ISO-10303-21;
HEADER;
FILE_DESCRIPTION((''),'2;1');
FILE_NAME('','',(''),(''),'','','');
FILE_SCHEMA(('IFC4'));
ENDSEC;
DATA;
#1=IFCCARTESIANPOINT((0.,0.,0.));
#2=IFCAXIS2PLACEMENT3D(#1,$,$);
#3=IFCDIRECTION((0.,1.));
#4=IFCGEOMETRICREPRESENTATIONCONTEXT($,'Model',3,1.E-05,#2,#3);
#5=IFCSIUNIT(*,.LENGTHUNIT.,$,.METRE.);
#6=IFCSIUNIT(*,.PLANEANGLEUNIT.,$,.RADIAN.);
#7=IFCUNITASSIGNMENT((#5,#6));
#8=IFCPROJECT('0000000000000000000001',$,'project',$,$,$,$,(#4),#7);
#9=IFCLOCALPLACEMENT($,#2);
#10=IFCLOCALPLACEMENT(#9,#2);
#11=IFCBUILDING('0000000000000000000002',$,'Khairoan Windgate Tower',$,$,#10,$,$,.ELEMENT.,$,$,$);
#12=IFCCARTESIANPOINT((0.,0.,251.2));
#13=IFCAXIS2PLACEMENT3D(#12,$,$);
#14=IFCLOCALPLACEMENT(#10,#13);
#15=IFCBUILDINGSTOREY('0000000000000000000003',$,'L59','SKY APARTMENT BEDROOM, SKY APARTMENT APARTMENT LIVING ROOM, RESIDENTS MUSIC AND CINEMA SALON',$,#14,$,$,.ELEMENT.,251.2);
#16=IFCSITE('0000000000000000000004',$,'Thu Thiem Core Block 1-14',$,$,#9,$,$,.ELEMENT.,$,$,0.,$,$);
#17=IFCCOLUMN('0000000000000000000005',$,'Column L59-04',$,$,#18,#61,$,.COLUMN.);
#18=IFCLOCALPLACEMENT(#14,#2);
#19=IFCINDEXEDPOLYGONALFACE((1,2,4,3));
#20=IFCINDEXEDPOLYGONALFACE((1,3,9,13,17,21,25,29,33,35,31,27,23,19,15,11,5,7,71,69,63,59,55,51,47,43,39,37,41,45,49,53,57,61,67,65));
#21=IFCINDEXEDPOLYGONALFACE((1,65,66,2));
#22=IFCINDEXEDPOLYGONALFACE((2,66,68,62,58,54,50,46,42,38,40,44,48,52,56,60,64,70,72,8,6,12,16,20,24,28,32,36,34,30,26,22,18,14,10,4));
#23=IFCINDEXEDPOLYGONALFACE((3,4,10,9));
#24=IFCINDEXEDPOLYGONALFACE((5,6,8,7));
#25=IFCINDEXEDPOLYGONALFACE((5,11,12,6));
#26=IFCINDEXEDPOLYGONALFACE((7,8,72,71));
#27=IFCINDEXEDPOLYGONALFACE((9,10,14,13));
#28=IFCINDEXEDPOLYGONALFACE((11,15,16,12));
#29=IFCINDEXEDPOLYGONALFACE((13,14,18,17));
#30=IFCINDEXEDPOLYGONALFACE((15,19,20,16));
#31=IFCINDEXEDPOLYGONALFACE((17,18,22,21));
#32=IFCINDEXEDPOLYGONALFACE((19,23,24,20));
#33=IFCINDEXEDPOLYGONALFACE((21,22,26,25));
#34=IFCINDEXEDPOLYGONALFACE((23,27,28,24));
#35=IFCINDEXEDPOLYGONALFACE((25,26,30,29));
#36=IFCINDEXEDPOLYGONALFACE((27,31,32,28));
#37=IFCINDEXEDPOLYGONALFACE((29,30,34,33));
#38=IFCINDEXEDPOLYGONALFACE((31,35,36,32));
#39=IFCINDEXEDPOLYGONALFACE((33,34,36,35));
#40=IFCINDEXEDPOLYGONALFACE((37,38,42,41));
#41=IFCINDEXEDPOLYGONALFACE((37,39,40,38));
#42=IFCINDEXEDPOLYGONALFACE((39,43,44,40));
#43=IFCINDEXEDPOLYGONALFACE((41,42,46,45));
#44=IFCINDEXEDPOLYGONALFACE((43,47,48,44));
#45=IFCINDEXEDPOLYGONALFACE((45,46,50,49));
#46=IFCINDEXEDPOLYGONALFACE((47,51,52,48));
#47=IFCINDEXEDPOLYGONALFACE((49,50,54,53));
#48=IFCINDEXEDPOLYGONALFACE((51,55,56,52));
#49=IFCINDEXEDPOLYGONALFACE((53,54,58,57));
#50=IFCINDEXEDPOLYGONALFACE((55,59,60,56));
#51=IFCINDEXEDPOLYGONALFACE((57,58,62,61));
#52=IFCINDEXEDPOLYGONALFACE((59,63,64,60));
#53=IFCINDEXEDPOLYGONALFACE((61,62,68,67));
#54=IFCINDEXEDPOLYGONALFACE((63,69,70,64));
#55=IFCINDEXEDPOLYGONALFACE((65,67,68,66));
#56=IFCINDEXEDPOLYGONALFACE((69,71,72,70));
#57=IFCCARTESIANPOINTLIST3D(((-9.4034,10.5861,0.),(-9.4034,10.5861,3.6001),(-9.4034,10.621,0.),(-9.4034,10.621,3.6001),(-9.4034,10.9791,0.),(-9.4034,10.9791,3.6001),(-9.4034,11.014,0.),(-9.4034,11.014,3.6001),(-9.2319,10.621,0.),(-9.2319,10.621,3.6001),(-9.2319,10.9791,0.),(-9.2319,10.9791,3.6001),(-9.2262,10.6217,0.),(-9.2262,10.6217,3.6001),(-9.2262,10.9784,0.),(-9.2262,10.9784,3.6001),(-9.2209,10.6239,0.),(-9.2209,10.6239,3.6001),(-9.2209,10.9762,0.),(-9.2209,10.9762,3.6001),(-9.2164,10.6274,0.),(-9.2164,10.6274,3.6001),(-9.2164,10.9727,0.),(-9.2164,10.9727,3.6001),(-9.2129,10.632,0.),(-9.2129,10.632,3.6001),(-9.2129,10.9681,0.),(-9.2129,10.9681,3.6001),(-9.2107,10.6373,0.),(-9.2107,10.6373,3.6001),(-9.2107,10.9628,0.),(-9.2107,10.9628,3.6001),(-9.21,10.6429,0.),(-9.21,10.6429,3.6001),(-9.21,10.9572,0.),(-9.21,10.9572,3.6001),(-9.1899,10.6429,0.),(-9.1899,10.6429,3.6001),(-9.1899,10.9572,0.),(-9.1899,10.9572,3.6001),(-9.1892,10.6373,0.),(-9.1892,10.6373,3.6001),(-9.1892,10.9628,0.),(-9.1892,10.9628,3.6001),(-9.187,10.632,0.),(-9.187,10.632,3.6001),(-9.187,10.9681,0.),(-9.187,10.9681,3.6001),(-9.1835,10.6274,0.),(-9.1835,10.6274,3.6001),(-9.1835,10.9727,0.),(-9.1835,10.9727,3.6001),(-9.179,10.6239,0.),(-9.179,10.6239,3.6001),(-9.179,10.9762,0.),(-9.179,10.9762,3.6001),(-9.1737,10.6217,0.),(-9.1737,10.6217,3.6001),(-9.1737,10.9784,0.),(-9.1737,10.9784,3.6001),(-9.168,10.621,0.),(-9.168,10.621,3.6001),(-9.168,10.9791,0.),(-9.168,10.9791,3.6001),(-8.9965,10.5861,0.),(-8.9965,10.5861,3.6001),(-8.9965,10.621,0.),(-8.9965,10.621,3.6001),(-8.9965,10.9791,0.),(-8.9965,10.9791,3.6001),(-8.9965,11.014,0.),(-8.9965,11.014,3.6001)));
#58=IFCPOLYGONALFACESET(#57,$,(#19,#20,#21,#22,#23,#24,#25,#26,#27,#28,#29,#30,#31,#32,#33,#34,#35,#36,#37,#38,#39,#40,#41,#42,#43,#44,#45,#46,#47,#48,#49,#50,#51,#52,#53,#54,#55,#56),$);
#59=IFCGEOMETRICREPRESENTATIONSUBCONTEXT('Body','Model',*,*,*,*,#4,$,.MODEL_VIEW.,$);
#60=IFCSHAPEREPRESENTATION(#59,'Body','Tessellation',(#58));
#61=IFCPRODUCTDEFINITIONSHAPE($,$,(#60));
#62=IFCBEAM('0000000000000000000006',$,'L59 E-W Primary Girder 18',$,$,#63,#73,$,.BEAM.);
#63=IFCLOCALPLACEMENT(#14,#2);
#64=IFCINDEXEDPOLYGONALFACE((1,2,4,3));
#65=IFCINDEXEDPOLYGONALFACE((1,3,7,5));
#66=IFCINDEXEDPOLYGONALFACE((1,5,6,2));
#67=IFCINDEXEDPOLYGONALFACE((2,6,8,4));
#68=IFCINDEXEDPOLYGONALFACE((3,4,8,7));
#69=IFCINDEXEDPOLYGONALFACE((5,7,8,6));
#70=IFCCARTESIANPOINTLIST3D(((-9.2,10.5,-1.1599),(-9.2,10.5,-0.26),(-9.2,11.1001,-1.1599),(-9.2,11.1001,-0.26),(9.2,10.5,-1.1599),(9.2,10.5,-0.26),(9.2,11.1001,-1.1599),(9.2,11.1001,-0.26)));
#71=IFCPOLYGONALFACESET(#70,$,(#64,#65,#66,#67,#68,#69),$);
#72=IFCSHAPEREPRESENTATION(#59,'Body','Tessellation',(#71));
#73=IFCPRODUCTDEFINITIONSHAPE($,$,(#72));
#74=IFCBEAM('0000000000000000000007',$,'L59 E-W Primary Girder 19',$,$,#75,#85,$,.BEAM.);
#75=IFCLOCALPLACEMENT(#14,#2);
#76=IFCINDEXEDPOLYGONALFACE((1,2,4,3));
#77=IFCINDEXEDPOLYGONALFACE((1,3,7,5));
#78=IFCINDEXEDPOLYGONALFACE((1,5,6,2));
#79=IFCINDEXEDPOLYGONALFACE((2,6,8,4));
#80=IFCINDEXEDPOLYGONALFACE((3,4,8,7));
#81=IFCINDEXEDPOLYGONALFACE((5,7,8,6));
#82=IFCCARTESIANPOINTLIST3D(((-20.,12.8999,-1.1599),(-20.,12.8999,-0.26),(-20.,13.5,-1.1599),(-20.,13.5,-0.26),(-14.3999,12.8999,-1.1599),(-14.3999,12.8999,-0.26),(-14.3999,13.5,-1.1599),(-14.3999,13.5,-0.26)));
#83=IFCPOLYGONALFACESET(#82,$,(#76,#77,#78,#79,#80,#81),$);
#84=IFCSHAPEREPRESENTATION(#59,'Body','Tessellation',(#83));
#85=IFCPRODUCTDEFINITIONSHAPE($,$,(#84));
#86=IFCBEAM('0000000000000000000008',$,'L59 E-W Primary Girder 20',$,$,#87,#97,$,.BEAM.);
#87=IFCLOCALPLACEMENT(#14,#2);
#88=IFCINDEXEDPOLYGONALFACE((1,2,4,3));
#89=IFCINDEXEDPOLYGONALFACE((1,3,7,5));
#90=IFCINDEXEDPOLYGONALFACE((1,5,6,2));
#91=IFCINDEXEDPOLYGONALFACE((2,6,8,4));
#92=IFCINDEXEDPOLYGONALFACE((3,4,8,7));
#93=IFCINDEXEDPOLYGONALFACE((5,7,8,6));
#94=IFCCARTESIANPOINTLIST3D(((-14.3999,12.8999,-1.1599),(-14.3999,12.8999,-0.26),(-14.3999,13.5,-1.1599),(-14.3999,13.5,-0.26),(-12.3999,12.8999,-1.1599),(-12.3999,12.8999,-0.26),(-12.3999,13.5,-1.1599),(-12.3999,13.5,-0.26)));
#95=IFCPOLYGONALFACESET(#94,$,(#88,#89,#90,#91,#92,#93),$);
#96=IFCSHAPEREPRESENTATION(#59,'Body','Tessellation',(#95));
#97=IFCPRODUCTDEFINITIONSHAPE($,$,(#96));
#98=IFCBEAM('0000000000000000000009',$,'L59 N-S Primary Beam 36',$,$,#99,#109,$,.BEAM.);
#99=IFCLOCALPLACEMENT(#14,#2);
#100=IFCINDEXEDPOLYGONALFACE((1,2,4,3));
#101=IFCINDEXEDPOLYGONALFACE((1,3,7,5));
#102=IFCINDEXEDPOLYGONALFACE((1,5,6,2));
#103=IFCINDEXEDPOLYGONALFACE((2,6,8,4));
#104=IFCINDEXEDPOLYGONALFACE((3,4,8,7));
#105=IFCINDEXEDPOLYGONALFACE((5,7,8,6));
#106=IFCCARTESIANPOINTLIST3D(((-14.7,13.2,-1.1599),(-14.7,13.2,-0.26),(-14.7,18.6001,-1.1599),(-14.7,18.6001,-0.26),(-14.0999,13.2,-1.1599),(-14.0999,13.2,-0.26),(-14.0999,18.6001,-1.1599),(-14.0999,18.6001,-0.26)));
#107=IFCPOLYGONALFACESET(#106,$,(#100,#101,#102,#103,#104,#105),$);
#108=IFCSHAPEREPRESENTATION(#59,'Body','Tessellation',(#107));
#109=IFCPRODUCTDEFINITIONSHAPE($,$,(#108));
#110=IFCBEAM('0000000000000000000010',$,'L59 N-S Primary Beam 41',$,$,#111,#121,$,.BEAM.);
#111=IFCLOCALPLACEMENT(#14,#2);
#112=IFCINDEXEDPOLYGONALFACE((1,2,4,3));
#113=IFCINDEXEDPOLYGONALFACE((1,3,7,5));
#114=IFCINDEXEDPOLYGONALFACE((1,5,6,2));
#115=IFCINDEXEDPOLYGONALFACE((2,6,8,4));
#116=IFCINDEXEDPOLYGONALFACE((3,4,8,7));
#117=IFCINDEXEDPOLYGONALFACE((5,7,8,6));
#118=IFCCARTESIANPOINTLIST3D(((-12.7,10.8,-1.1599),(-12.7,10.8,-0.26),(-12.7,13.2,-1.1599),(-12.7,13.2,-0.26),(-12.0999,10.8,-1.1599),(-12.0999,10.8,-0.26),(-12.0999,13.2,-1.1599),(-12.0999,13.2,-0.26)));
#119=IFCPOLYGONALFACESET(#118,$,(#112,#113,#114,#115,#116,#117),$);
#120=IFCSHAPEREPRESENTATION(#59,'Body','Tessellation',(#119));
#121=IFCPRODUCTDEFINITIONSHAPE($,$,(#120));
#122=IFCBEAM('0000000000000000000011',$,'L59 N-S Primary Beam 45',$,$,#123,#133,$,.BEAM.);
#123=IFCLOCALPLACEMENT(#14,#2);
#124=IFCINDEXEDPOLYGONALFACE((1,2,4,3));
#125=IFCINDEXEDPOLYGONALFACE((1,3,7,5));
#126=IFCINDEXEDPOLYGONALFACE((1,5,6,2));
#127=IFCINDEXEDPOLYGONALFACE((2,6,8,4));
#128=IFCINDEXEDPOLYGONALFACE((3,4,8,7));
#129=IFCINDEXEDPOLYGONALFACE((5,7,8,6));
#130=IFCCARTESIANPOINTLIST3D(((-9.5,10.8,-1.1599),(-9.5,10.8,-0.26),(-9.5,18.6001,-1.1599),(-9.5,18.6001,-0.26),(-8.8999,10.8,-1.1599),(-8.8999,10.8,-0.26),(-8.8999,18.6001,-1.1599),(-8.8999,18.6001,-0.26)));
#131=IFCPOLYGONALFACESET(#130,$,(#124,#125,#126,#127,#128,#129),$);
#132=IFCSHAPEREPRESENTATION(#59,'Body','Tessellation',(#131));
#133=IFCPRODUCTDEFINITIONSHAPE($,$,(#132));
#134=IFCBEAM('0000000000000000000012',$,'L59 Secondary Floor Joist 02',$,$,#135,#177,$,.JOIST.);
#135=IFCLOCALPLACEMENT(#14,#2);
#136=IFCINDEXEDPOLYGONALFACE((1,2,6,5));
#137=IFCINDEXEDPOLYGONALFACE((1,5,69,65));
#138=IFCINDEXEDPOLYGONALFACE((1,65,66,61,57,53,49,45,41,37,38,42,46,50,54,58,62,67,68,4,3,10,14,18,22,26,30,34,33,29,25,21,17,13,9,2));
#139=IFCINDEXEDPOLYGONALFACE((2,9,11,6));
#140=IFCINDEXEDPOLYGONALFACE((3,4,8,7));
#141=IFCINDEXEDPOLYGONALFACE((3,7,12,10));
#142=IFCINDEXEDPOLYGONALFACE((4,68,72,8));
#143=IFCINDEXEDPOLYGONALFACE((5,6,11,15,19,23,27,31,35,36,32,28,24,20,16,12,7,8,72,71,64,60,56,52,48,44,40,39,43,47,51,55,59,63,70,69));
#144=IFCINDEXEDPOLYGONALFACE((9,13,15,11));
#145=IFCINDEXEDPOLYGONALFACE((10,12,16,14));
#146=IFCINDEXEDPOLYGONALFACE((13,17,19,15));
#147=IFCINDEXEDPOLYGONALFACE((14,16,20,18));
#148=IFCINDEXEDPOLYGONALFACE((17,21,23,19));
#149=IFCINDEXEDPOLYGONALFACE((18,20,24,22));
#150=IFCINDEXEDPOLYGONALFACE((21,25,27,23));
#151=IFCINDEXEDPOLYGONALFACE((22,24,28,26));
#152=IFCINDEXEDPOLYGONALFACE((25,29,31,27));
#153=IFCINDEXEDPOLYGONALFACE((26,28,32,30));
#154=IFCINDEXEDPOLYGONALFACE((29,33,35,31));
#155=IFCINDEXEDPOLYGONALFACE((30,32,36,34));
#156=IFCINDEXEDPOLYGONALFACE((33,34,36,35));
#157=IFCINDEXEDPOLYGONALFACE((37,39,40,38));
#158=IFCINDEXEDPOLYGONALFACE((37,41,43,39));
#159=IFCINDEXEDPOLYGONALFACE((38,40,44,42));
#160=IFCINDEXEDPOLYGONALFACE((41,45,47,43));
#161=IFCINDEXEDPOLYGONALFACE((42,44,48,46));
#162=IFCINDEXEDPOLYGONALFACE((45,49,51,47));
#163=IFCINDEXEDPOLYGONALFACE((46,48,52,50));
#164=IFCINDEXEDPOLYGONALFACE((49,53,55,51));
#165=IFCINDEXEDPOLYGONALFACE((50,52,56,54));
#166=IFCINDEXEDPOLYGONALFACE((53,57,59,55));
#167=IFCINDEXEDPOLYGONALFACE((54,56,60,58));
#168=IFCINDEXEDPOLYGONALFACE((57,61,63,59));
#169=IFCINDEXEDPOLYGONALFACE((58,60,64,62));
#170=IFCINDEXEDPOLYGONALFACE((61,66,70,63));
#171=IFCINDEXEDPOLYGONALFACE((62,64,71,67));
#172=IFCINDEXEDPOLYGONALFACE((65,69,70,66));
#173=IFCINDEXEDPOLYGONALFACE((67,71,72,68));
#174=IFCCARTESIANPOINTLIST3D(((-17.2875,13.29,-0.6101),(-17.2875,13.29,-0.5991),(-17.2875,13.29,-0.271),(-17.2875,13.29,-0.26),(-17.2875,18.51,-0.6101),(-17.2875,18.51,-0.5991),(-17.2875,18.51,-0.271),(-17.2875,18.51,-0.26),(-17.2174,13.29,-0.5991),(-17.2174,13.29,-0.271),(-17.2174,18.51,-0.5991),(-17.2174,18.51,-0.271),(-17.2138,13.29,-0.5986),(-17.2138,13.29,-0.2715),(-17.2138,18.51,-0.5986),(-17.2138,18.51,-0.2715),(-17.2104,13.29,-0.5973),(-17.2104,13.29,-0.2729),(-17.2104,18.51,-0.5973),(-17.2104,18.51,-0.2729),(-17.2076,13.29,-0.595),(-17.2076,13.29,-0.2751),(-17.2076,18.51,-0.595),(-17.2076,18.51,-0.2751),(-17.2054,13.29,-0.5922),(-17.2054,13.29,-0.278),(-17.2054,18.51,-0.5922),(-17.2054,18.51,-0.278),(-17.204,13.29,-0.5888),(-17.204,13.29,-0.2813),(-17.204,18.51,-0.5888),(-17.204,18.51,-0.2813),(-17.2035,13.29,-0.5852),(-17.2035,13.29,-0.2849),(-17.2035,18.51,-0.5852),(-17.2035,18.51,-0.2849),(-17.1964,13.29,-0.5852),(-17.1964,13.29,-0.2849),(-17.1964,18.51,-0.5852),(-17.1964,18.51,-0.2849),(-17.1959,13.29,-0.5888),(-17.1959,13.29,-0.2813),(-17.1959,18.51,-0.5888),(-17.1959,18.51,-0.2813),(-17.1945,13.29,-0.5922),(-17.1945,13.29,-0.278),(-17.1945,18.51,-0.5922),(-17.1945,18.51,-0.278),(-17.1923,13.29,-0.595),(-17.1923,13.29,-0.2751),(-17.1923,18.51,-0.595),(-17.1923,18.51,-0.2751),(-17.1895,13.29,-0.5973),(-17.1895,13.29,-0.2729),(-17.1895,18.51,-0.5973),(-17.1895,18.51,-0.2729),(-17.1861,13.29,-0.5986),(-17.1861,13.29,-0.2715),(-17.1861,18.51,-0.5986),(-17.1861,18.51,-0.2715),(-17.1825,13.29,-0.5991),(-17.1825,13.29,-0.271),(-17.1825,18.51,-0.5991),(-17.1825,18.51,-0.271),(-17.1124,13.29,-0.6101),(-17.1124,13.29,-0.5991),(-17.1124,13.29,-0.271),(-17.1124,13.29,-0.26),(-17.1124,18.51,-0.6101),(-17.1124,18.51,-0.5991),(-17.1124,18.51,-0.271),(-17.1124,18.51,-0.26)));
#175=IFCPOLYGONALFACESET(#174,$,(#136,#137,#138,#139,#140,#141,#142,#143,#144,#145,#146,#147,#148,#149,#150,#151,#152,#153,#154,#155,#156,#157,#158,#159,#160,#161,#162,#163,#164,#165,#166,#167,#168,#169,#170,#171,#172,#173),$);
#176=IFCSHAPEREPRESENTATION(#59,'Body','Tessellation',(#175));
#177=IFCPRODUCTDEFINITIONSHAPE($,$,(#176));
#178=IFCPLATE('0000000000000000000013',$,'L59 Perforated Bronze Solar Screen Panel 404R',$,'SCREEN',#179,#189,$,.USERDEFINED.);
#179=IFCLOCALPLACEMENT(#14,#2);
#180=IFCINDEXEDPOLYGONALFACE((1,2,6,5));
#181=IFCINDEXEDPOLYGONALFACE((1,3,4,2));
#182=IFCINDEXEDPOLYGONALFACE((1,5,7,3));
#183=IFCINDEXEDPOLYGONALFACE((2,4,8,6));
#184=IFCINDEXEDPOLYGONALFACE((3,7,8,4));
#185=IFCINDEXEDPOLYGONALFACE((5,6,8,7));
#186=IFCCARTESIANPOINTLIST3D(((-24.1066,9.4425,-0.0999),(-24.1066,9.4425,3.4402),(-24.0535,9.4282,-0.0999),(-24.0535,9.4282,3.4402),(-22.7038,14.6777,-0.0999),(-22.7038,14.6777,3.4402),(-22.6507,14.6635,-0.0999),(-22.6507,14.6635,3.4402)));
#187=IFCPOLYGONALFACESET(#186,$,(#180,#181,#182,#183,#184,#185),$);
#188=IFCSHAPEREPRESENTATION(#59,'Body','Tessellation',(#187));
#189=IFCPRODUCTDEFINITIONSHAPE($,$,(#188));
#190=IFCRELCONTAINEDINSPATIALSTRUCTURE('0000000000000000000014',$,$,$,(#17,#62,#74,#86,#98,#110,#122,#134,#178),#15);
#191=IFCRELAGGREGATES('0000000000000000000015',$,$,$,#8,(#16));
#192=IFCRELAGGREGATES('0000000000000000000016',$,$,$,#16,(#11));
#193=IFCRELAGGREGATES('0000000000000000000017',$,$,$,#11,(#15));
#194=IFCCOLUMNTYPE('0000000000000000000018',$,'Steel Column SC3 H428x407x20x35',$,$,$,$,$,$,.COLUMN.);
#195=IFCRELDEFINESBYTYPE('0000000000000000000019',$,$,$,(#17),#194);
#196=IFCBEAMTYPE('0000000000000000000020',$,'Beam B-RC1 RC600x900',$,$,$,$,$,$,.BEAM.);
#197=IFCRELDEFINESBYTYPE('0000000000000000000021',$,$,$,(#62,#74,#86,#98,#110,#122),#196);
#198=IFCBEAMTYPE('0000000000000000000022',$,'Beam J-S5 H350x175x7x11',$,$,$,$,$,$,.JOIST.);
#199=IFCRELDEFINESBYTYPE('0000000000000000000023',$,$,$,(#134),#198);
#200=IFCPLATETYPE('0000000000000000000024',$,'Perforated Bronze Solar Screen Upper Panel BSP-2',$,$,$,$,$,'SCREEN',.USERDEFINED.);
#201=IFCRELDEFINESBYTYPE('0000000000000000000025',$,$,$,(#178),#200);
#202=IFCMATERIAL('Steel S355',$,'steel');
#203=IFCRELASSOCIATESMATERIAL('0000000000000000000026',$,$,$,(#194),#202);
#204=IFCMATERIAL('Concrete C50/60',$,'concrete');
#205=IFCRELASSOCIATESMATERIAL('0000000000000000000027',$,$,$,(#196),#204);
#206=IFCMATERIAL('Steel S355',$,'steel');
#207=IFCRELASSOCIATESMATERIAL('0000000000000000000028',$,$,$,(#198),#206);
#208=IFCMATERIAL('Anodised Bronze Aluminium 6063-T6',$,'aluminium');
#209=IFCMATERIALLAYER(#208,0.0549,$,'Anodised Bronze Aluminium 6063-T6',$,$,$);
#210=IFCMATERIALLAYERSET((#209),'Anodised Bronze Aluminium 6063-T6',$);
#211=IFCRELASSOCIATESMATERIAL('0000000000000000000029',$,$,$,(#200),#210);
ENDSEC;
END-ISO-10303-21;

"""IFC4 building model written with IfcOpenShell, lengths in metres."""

from ifc_helpers import new_model, si_unit, direction, frame, origin, origin_2d, place, context, subcontext, project, spatial, rectangle, i_section, extrude, material, layer, layer_set, material_profile, profile_set, type_object, element, save


model = new_model("IFC4")

# Units and contexts
model_context = context("Model", 3, precision=1e-05, world=origin(), true_north=direction((0.0, 1.0)))
body_context = subcontext(model_context, "Body", "Model", "MODEL_VIEW")
ifc_project = project(units=[si_unit("LENGTHUNIT", "METRE"), si_unit("PLANEANGLEUNIT", "RADIAN")], contexts=[model_context])

# Site, building, storey
site_placement = place(None, origin())
site = spatial("IfcSite", under=ifc_project, at=site_placement, Name="Thu Thiem Core Block 1-14", CompositionType="ELEMENT", RefElevation=0.0)
building_placement = place(site_placement, origin())
building = spatial("IfcBuilding", under=site, at=building_placement, Name="Khairoan Windgate Tower", CompositionType="ELEMENT")
storey_placement = place(building_placement, frame((0.0, 0.0, 251.2)))
storey = spatial("IfcBuildingStorey", under=building, at=storey_placement, Name="L59", Description="SKY APARTMENT BEDROOM, SKY APARTMENT APARTMENT LIVING ROOM, RESIDENTS MUSIC AND CINEMA SALON", CompositionType="ELEMENT", Elevation=251.2)

# Column
ifc_material_1 = material(Name="Steel S355", Category="steel")
ifc_material_profile_1 = material_profile(ifc_material_1, i_section(OverallWidth=0.407, OverallDepth=0.428, WebThickness=0.02, FlangeThickness=0.0349, FilletRadius=0.022, at=origin_2d()))
ifc_profile_set_1 = profile_set([ifc_material_profile_1], Name="Steel S355")
column_type = type_object("IfcColumnType", Name="Steel Column SC3 H428x407x20x35", PredefinedType="COLUMN", material=ifc_profile_set_1)
column_placement = place(storey_placement, frame((-9.2, 10.8, 0.0), z_axis=(0.0, 0.0, 1.0), x_axis=(1.0, 0.0, 0.0)))
element("IfcColumn", 1, at=column_placement, inside=storey, type_object=column_type, Name="Column L59-04", PredefinedType="COLUMN", context=body_context, shape_type="SweptSolid", body=[
    extrude(i_section(OverallWidth=0.407, OverallDepth=0.428, WebThickness=0.02, FlangeThickness=0.0349, FilletRadius=0.022, at=origin_2d()), origin(), (0.0, 0.0, 1.0), 3.6001),
])

# Beams
ifc_material_2 = material(Name="Concrete C50/60", Category="concrete")
ifc_material_profile_2 = material_profile(ifc_material_2, rectangle(XDim=0.6001, YDim=0.8999, at=origin_2d()))
ifc_profile_set_2 = profile_set([ifc_material_profile_2], Name="Concrete C50/60")
beam_type_1 = type_object("IfcBeamType", Name="Beam B-RC1 RC600x900", PredefinedType="BEAM", material=ifc_profile_set_2)
beam_1_placement = place(storey_placement, frame((-9.2, 10.8, -0.71), z_axis=(1.0, 0.0, 0.0), x_axis=(0.0, 1.0, 0.0)))
element("IfcBeam", 2, at=beam_1_placement, inside=storey, type_object=beam_type_1, Name="L59 E-W Primary Girder 18", PredefinedType="BEAM", context=body_context, shape_type="SweptSolid", body=[
    extrude(rectangle(XDim=0.6001, YDim=0.8999, at=origin_2d()), origin(), (0.0, 0.0, 1.0), 18.3999),
])
beam_2_placement = place(storey_placement, frame((-20.0, 13.2, -0.71), z_axis=(1.0, 0.0, 0.0), x_axis=(0.0, 1.0, 0.0)))
element("IfcBeam", 3, at=beam_2_placement, inside=storey, type_object=beam_type_1, Name="L59 E-W Primary Girder 19", PredefinedType="BEAM", context=body_context, shape_type="SweptSolid", body=[
    extrude(rectangle(XDim=0.6001, YDim=0.8999, at=origin_2d()), origin(), (0.0, 0.0, 1.0), 5.6001),
])
beam_3_placement = place(storey_placement, frame((-14.3999, 13.2, -0.71), z_axis=(1.0, 0.0, 0.0), x_axis=(0.0, 1.0, 0.0)))
element("IfcBeam", 4, at=beam_3_placement, inside=storey, type_object=beam_type_1, Name="L59 E-W Primary Girder 20", PredefinedType="BEAM", context=body_context, shape_type="SweptSolid", body=[
    extrude(rectangle(XDim=0.6001, YDim=0.8999, at=origin_2d()), origin(), (0.0, 0.0, 1.0), 2.0),
])
beam_4_placement = place(storey_placement, frame((-14.3999, 13.2, -0.71), z_axis=(0.0, 1.0, 0.0), x_axis=(-1.0, 0.0, 0.0)))
element("IfcBeam", 5, at=beam_4_placement, inside=storey, type_object=beam_type_1, Name="L59 N-S Primary Beam 36", PredefinedType="BEAM", context=body_context, shape_type="SweptSolid", body=[
    extrude(rectangle(XDim=0.6001, YDim=0.8999, at=origin_2d()), origin(), (0.0, 0.0, 1.0), 5.4001),
])
beam_5_placement = place(storey_placement, frame((-12.3999, 10.8, -0.71), z_axis=(0.0, 1.0, 0.0), x_axis=(-1.0, 0.0, 0.0)))
element("IfcBeam", 6, at=beam_5_placement, inside=storey, type_object=beam_type_1, Name="L59 N-S Primary Beam 41", PredefinedType="BEAM", context=body_context, shape_type="SweptSolid", body=[
    extrude(rectangle(XDim=0.6001, YDim=0.8999, at=origin_2d()), origin(), (0.0, 0.0, 1.0), 2.3999),
])
beam_6_placement = place(storey_placement, frame((-9.2, 10.8, -0.71), z_axis=(0.0, 1.0, 0.0), x_axis=(-1.0, 0.0, 0.0)))
element("IfcBeam", 7, at=beam_6_placement, inside=storey, type_object=beam_type_1, Name="L59 N-S Primary Beam 45", PredefinedType="BEAM", context=body_context, shape_type="SweptSolid", body=[
    extrude(rectangle(XDim=0.6001, YDim=0.8999, at=origin_2d()), origin(), (0.0, 0.0, 1.0), 7.8),
])
ifc_material_3 = material(Name="Steel S355", Category="steel")
ifc_material_profile_3 = material_profile(ifc_material_3, i_section(OverallWidth=0.175, OverallDepth=0.3501, WebThickness=0.0071, FlangeThickness=0.011, FilletRadius=0.0139, at=origin_2d()))
ifc_profile_set_3 = profile_set([ifc_material_profile_3], Name="Steel S355")
beam_type_2 = type_object("IfcBeamType", Name="Beam J-S5 H350x175x7x11", PredefinedType="JOIST", material=ifc_profile_set_3)
beam_7_placement = place(storey_placement, frame((-17.2, 13.29, -0.4351), z_axis=(0.0, 1.0, 0.0), x_axis=(-1.0, 0.0, 0.0)))
element("IfcBeam", 8, at=beam_7_placement, inside=storey, type_object=beam_type_2, Name="L59 Secondary Floor Joist 02", PredefinedType="JOIST", context=body_context, shape_type="SweptSolid", body=[
    extrude(i_section(OverallWidth=0.175, OverallDepth=0.3501, WebThickness=0.0071, FlangeThickness=0.011, FilletRadius=0.0139, at=origin_2d()), origin(), (0.0, 0.0, 1.0), 5.22),
])

# Plate
ifc_material_4 = material(Name="Anodised Bronze Aluminium 6063-T6", Category="aluminium")
ifc_layer_1 = layer(ifc_material_4, 0.0549, Name="Anodised Bronze Aluminium 6063-T6")
ifc_layer_set_1 = layer_set([ifc_layer_1], Name="Anodised Bronze Aluminium 6063-T6")
plate_type = type_object("IfcPlateType", Name="Perforated Bronze Solar Screen Upper Panel BSP-2", ElementType="SCREEN", PredefinedType="USERDEFINED", material=ifc_layer_set_1)
plate_placement = place(storey_placement, frame((-23.3787, 12.053, -0.0999), z_axis=(0.0, 0.0, 1.0), x_axis=(0.258819, 0.965926, 0.0)))
element("IfcPlate", 9, at=plate_placement, inside=storey, type_object=plate_type, Name="L59 Perforated Bronze Solar Screen Panel 404R", ObjectType="SCREEN", PredefinedType="USERDEFINED", context=body_context, shape_type="SweptSolid", body=[
    extrude(rectangle(XDim=5.4199, YDim=0.0549, at=origin_2d()), origin(), (0.0, 0.0, 1.0), 3.54),
])

save(model, "model.ifc")
